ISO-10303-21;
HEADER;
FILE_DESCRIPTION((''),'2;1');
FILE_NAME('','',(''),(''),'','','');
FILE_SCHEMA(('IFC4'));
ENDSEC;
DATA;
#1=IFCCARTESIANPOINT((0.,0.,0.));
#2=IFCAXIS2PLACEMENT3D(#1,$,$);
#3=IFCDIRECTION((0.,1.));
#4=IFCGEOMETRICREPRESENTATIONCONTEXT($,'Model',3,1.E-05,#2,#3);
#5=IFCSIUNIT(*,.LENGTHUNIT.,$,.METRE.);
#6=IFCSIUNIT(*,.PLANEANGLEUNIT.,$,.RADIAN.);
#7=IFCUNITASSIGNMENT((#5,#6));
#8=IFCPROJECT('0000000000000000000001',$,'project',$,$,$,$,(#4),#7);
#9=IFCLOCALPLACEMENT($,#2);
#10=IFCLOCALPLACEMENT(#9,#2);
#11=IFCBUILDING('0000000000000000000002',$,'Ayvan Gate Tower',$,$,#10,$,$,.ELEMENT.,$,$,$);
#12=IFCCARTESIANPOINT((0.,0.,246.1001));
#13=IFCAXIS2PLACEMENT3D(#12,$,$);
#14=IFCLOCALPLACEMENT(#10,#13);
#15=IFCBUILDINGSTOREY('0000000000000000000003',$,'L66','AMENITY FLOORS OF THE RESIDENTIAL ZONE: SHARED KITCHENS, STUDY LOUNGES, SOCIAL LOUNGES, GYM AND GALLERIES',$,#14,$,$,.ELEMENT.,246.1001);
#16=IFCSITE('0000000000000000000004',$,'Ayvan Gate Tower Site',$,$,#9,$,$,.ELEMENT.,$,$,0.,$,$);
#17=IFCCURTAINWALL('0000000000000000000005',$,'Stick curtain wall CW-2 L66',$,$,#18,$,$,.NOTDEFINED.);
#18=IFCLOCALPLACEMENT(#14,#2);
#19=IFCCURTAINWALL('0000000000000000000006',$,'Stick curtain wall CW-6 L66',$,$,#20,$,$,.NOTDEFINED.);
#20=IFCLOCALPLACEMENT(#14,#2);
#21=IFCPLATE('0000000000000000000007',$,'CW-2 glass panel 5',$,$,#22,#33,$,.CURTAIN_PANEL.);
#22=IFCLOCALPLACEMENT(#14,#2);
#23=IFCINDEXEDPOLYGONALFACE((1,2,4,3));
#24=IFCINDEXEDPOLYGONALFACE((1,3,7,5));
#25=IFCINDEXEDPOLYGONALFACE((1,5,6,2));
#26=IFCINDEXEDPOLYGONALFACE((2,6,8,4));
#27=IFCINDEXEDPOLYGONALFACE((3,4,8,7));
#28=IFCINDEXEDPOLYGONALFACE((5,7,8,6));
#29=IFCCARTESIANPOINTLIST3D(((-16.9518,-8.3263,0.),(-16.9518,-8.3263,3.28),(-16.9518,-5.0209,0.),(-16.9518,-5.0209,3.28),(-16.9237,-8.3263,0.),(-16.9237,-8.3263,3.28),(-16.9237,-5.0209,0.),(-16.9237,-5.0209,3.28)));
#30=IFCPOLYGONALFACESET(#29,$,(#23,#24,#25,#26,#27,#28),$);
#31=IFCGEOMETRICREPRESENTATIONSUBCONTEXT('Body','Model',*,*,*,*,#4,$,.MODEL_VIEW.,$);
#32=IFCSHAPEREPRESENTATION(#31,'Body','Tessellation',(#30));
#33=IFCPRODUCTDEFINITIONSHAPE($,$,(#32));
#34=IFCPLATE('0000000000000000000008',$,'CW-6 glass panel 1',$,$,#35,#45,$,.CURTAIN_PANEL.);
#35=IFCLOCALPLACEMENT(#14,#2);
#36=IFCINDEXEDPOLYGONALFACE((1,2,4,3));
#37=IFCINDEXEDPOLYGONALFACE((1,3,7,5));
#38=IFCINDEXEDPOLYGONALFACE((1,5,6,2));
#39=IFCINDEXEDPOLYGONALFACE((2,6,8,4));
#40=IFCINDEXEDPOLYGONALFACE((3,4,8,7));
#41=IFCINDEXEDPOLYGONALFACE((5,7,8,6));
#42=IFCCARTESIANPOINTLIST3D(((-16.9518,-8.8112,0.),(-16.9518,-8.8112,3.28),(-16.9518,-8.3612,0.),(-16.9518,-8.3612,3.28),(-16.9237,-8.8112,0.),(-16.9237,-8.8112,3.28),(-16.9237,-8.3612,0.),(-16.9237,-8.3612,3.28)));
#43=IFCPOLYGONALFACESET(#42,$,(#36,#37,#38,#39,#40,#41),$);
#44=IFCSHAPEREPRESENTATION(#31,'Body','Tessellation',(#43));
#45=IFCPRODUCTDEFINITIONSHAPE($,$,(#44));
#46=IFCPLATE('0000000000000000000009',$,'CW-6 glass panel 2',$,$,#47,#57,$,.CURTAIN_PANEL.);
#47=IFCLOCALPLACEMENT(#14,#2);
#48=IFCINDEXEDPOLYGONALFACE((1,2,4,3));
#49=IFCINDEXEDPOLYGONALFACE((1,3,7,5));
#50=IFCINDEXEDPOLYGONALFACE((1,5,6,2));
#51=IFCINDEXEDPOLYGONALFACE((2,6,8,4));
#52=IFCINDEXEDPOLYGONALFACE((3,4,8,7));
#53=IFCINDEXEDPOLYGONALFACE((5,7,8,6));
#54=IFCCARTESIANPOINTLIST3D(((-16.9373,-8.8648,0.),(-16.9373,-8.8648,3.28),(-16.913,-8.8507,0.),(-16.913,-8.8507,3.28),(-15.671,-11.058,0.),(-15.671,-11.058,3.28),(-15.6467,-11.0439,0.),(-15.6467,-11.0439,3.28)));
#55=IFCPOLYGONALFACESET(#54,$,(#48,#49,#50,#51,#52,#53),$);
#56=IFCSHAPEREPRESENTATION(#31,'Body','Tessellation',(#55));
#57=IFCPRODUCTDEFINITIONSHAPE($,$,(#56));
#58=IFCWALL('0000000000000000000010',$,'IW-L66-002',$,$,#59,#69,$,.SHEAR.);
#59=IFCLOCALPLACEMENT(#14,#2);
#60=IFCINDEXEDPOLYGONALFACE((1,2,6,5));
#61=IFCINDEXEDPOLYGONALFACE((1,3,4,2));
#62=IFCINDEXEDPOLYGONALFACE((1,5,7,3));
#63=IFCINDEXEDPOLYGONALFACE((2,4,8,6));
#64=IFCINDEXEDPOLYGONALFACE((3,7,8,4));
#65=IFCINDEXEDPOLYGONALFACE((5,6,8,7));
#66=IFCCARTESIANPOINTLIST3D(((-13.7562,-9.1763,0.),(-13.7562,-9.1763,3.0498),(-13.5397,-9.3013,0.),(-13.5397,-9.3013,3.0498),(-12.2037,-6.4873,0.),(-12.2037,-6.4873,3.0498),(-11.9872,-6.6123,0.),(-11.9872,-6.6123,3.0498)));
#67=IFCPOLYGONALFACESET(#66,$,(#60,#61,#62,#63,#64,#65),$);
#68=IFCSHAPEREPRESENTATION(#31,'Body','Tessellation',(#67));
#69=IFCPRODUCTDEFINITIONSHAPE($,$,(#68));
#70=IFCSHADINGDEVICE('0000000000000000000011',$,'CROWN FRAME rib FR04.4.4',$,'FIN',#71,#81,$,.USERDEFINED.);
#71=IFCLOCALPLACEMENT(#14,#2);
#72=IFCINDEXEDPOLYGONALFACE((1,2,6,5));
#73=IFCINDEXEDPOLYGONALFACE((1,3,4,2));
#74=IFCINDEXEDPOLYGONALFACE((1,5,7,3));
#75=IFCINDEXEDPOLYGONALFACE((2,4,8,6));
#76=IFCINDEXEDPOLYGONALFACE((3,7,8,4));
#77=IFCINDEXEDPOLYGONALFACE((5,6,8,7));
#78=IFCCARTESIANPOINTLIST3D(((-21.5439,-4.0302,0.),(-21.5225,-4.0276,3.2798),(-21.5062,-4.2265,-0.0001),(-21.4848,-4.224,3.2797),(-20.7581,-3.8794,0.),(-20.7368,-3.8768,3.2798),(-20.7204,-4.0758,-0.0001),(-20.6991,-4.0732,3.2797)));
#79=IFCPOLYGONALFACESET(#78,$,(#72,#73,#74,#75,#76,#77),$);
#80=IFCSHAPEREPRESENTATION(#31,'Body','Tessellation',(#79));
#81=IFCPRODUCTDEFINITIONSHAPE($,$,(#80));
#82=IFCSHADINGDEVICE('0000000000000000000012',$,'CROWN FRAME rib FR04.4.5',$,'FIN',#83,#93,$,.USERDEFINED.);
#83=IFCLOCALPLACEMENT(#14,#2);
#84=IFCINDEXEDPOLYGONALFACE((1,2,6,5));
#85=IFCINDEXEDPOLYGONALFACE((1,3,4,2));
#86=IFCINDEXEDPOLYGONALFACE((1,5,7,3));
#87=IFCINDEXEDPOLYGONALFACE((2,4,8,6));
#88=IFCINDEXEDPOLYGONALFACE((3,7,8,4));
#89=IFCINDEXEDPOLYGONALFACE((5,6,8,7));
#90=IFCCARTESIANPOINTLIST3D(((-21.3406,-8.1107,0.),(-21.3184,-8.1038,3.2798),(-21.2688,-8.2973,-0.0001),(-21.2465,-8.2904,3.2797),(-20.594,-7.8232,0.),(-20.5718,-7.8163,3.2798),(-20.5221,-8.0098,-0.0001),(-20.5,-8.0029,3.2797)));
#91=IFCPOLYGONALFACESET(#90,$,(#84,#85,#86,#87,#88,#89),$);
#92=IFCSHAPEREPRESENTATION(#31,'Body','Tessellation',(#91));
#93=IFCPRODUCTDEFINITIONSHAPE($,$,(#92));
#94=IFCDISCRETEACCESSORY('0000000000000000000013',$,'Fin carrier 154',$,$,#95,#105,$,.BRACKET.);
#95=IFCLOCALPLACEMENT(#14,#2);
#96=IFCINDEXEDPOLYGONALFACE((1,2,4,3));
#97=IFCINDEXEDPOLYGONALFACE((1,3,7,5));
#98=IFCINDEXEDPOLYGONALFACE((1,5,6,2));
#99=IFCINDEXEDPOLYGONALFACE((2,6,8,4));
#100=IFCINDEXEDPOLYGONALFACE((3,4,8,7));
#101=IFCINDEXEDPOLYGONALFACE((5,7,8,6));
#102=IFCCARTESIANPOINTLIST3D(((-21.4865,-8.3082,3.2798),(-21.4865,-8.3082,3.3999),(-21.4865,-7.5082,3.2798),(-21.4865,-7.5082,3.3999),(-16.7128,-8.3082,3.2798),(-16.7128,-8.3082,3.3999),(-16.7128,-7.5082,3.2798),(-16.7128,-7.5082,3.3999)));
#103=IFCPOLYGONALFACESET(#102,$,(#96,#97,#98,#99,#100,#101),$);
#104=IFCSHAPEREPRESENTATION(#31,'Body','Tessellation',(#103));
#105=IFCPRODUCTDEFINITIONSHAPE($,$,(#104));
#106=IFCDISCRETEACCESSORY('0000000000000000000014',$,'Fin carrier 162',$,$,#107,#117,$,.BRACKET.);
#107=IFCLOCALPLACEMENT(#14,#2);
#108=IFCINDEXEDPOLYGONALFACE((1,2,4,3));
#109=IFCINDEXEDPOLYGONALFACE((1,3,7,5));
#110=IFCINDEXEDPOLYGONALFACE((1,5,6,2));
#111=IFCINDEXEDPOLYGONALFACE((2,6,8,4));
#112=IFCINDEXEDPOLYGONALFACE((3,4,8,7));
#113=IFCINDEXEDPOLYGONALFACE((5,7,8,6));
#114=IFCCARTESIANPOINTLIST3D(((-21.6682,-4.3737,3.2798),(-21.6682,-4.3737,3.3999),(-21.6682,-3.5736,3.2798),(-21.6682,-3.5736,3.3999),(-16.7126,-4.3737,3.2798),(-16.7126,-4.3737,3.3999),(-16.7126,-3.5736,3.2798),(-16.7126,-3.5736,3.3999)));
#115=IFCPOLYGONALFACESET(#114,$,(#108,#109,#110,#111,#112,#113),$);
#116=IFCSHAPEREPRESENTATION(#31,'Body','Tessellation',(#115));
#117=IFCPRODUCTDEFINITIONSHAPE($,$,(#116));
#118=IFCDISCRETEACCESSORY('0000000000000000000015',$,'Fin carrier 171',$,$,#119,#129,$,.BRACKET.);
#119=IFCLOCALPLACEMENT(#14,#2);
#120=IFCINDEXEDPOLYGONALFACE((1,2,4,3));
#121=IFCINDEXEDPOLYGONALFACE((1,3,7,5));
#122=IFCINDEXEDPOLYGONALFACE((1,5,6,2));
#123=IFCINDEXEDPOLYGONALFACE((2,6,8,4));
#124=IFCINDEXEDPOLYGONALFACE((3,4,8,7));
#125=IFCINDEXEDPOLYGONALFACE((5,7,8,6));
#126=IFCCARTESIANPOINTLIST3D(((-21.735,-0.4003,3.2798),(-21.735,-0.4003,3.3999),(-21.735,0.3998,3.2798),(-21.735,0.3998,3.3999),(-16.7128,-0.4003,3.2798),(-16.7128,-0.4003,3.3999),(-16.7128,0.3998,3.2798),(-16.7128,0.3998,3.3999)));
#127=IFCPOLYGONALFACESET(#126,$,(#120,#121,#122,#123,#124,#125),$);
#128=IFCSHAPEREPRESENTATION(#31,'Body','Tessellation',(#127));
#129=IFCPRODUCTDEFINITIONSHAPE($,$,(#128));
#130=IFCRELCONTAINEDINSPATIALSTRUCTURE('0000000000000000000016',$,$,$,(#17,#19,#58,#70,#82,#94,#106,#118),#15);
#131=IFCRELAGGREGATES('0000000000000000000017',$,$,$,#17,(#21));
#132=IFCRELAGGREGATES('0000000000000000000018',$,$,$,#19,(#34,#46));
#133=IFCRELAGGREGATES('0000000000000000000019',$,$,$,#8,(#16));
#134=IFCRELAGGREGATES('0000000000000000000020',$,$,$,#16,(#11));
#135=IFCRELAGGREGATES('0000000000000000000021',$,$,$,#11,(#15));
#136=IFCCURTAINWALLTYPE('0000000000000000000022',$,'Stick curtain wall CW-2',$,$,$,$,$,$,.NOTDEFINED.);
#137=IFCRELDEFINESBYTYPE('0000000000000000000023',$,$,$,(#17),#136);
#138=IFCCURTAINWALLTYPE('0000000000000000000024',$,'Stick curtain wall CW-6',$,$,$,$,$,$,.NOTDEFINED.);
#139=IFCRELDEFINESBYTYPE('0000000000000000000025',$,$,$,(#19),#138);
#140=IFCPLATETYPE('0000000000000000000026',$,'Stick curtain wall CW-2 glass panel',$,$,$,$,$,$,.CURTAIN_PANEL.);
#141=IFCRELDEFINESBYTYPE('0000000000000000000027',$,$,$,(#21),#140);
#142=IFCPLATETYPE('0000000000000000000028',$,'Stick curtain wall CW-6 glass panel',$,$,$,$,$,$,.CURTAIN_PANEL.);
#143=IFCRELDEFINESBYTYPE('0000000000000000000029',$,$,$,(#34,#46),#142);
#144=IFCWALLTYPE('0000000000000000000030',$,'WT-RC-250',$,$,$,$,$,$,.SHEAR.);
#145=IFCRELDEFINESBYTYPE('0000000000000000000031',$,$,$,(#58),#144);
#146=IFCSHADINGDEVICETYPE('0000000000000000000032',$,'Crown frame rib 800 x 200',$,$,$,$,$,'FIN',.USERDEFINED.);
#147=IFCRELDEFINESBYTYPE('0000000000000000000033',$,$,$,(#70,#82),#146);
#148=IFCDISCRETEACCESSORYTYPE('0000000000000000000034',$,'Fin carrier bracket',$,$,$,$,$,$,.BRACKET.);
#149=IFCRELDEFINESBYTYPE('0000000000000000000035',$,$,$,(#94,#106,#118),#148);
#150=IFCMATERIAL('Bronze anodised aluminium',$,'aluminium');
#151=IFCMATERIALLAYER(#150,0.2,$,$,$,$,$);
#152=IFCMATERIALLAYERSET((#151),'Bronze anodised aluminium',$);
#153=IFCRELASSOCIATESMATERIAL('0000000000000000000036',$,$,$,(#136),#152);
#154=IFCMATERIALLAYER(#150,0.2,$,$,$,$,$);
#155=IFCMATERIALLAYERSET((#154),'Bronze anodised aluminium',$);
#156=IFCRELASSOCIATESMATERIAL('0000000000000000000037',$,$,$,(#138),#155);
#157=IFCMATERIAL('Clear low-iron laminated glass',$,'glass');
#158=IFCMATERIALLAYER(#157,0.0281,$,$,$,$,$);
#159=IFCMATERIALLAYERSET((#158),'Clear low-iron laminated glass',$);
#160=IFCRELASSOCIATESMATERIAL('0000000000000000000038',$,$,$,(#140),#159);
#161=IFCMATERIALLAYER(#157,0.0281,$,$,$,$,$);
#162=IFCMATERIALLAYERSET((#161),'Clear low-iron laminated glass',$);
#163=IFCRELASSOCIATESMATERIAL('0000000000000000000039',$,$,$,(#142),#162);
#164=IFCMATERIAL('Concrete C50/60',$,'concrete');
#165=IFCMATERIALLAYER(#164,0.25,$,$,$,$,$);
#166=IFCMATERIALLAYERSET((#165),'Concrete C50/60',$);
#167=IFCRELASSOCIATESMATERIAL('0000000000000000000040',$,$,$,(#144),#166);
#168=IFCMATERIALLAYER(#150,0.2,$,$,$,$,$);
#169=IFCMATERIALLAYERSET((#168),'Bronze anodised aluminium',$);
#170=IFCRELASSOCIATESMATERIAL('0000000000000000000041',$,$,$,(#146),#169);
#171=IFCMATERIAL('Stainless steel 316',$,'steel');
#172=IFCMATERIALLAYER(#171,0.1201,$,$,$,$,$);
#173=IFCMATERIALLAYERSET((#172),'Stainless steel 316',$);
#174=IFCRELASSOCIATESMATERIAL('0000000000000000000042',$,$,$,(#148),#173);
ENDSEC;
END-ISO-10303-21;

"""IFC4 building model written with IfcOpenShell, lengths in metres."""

from ifc_helpers import new_model, si_unit, direction, frame, frame_2d, origin, origin_2d, place, context, subcontext, project, spatial, polyline, rectangle, outline, extrude, material, layer, layer_set, type_object, element, aggregate, save


model = new_model("IFC4")

# Units and contexts
model_context = context("Model", 3, precision=1e-05, world=origin(), true_north=direction((0.0, 1.0)))
body_context = subcontext(model_context, "Body", "Model", "MODEL_VIEW")
ifc_project = project(units=[si_unit("LENGTHUNIT", "METRE"), si_unit("PLANEANGLEUNIT", "RADIAN")], contexts=[model_context])

# Site, building, storey
site_placement = place(None, origin())
site = spatial("IfcSite", under=ifc_project, at=site_placement, Name="Ayvan Gate Tower Site", CompositionType="ELEMENT", RefElevation=0.0)
building_placement = place(site_placement, origin())
building = spatial("IfcBuilding", under=site, at=building_placement, Name="Ayvan Gate Tower", CompositionType="ELEMENT")
storey_placement = place(building_placement, frame((0.0, 0.0, 246.1001)))
storey = spatial("IfcBuildingStorey", under=building, at=storey_placement, Name="L66", Description="AMENITY FLOORS OF THE RESIDENTIAL ZONE: SHARED KITCHENS, STUDY LOUNGES, SOCIAL LOUNGES, GYM AND GALLERIES", CompositionType="ELEMENT", Elevation=246.1001)

# Shared definitions
ifc_material_1 = material(Name="Concrete C50/60", Category="concrete")

# Curtain walls
ifc_material_2 = material(Name="Bronze anodised aluminium", Category="aluminium")
ifc_layer_1 = layer(ifc_material_2, 0.2)
ifc_layer_set_1 = layer_set([ifc_layer_1], Name="Bronze anodised aluminium")
curtain_wall_type_1 = type_object("IfcCurtainWallType", Name="Stick curtain wall CW-2", PredefinedType="NOTDEFINED", material=ifc_layer_set_1)
curtain_wall_1_placement = place(storey_placement, origin())
curtain_wall_1 = element("IfcCurtainWall", 1, at=curtain_wall_1_placement, inside=storey, type_object=curtain_wall_type_1, Name="Stick curtain wall CW-2 L66", PredefinedType="NOTDEFINED")
ifc_layer_2 = layer(ifc_material_2, 0.2)
ifc_layer_set_2 = layer_set([ifc_layer_2], Name="Bronze anodised aluminium")
curtain_wall_type_2 = type_object("IfcCurtainWallType", Name="Stick curtain wall CW-6", PredefinedType="NOTDEFINED", material=ifc_layer_set_2)
curtain_wall_2_placement = place(storey_placement, origin())
curtain_wall_2 = element("IfcCurtainWall", 2, at=curtain_wall_2_placement, inside=storey, type_object=curtain_wall_type_2, Name="Stick curtain wall CW-6 L66", PredefinedType="NOTDEFINED")

# Plates
ifc_material_3 = material(Name="Clear low-iron laminated glass", Category="glass")
ifc_layer_3 = layer(ifc_material_3, 0.0281)
ifc_layer_set_3 = layer_set([ifc_layer_3], Name="Clear low-iron laminated glass")
plate_type_1 = type_object("IfcPlateType", Name="Stick curtain wall CW-2 glass panel", PredefinedType="CURTAIN_PANEL", material=ifc_layer_set_3)
plate_1_placement = place(storey_placement, frame((-16.9377, -6.6736, 0.0), z_axis=(0.0, 0.0, 1.0), x_axis=(0.0, -1.0, 0.0)))
plate_1 = element("IfcPlate", 3, at=plate_1_placement, type_object=plate_type_1, Name="CW-2 glass panel 5", PredefinedType="CURTAIN_PANEL", context=body_context, shape_type="SweptSolid", body=[
    extrude(rectangle(XDim=3.3054, YDim=0.0281, at=origin_2d()), origin(), (0.0, 0.0, 1.0), 3.28),
])
aggregate(curtain_wall_1, [plate_1])
ifc_layer_4 = layer(ifc_material_3, 0.0281)
ifc_layer_set_4 = layer_set([ifc_layer_4], Name="Clear low-iron laminated glass")
plate_type_2 = type_object("IfcPlateType", Name="Stick curtain wall CW-6 glass panel", PredefinedType="CURTAIN_PANEL", material=ifc_layer_set_4)
plate_2_placement = place(storey_placement, frame((-16.9377, -8.5862, 0.0), z_axis=(0.0, 0.0, 1.0), x_axis=(0.0, -1.0, 0.0)))
plate_2 = element("IfcPlate", 4, at=plate_2_placement, type_object=plate_type_2, Name="CW-6 glass panel 1", PredefinedType="CURTAIN_PANEL", context=body_context, shape_type="SweptSolid", body=[
    extrude(rectangle(XDim=0.45, YDim=0.0281, at=origin_2d()), origin(), (0.0, 0.0, 1.0), 3.28),
])
plate_3_placement = place(storey_placement, frame((-16.292, -9.9543, 0.0), z_axis=(0.0, 0.0, 1.0), x_axis=(0.5, -0.866025, 0.0)))
plate_3 = element("IfcPlate", 5, at=plate_3_placement, type_object=plate_type_2, Name="CW-6 glass panel 2", PredefinedType="CURTAIN_PANEL", context=body_context, shape_type="SweptSolid", body=[
    extrude(rectangle(XDim=2.5325, YDim=0.0281, at=origin_2d()), origin(), (0.0, 0.0, 1.0), 3.28),
])
aggregate(curtain_wall_2, [plate_2, plate_3])

# Wall
ifc_layer_5 = layer(ifc_material_1, 0.25)
ifc_layer_set_5 = layer_set([ifc_layer_5], Name="Concrete C50/60")
wall_type = type_object("IfcWallType", Name="WT-RC-250", PredefinedType="SHEAR", material=ifc_layer_set_5)
wall_placement = place(storey_placement, frame((-13.6479, -9.2388, 0.0), z_axis=(0.0, 0.0, 1.0), x_axis=(0.500004, 0.866023, 0.0)))
element("IfcWall", 6, at=wall_placement, inside=storey, type_object=wall_type, Name="IW-L66-002", PredefinedType="SHEAR", context=body_context, shape_type="SweptSolid", body=[
    extrude(rectangle(XDim=3.105, YDim=0.25, at=frame_2d((1.5525, 0.0))), origin(), (0.0, 0.0, 1.0), 3.0498),
])

# Shading devices
ifc_layer_6 = layer(ifc_material_2, 0.2)
ifc_layer_set_6 = layer_set([ifc_layer_6], Name="Bronze anodised aluminium")
shading_device_type = type_object("IfcShadingDeviceType", Name="Crown frame rib 800 x 200", ElementType="FIN", PredefinedType="USERDEFINED", material=ifc_layer_set_6)
shading_device_1_placement = place(storey_placement, frame((-20.7581, -3.8794, 0.0), z_axis=(-0.188423, 0.982088, 0.00046), x_axis=(-0.982088, -0.188423, 0.0)))
element("IfcShadingDevice", 7, at=shading_device_1_placement, inside=storey, type_object=shading_device_type, Name="CROWN FRAME rib FR04.4.4", ObjectType="FIN", PredefinedType="USERDEFINED", context=body_context, shape_type="SweptSolid", body=[
    extrude(outline(polyline([(0.0, 0.0), (0.8002, 0.0), (0.7786, 3.2798), (-0.0214, 3.2798), (0.0, 0.0)])), origin(), (0.0, 0.0, -1.0), 0.2),
])
shading_device_2_placement = place(storey_placement, frame((-20.594, -7.8232, 0.0), z_axis=(-0.359337, 0.933208, 0.000454), x_axis=(-0.933208, -0.359337, 0.0)))
element("IfcShadingDevice", 8, at=shading_device_2_placement, inside=storey, type_object=shading_device_type, Name="CROWN FRAME rib FR04.4.5", ObjectType="FIN", PredefinedType="USERDEFINED", context=body_context, shape_type="SweptSolid", body=[
    extrude(outline(polyline([(0.0, 0.0), (0.8001, 0.0), (0.7768, 3.2798), (-0.0232, 3.2798), (0.0, 0.0)])), origin(), (0.0, 0.0, -1.0), 0.2),
])

# Discrete accessories
ifc_material_4 = material(Name="Stainless steel 316", Category="steel")
ifc_layer_7 = layer(ifc_material_4, 0.1201)
ifc_layer_set_7 = layer_set([ifc_layer_7], Name="Stainless steel 316")
discrete_accessory_type = type_object("IfcDiscreteAccessoryType", Name="Fin carrier bracket", PredefinedType="BRACKET", material=ifc_layer_set_7)
discrete_accessory_1_placement = place(storey_placement, frame((-19.0996, -7.9082, 3.2798), z_axis=(0.0, 0.0, 1.0), x_axis=(0.0, -1.0, 0.0)))
element("IfcDiscreteAccessory", 9, at=discrete_accessory_1_placement, inside=storey, type_object=discrete_accessory_type, Name="Fin carrier 154", PredefinedType="BRACKET", context=body_context, shape_type="SweptSolid", body=[
    extrude(rectangle(XDim=0.8, YDim=4.7737, at=origin_2d()), origin(), (0.0, 0.0, 1.0), 0.1201),
])
discrete_accessory_2_placement = place(storey_placement, frame((-19.1904, -3.9736, 3.2798), z_axis=(0.0, 0.0, 1.0), x_axis=(0.0, -1.0, 0.0)))
element("IfcDiscreteAccessory", 10, at=discrete_accessory_2_placement, inside=storey, type_object=discrete_accessory_type, Name="Fin carrier 162", PredefinedType="BRACKET", context=body_context, shape_type="SweptSolid", body=[
    extrude(rectangle(XDim=0.8, YDim=4.9556, at=origin_2d()), origin(), (0.0, 0.0, 1.0), 0.1201),
])
discrete_accessory_3_placement = place(storey_placement, frame((-19.2239, -0.0002, 3.2798), z_axis=(0.0, 0.0, 1.0), x_axis=(0.0, -1.0, 0.0)))
element("IfcDiscreteAccessory", 11, at=discrete_accessory_3_placement, inside=storey, type_object=discrete_accessory_type, Name="Fin carrier 171", PredefinedType="BRACKET", context=body_context, shape_type="SweptSolid", body=[
    extrude(rectangle(XDim=0.8, YDim=5.0222, at=origin_2d()), origin(), (0.0, 0.0, 1.0), 0.1201),
])

save(model, "model.ifc")
